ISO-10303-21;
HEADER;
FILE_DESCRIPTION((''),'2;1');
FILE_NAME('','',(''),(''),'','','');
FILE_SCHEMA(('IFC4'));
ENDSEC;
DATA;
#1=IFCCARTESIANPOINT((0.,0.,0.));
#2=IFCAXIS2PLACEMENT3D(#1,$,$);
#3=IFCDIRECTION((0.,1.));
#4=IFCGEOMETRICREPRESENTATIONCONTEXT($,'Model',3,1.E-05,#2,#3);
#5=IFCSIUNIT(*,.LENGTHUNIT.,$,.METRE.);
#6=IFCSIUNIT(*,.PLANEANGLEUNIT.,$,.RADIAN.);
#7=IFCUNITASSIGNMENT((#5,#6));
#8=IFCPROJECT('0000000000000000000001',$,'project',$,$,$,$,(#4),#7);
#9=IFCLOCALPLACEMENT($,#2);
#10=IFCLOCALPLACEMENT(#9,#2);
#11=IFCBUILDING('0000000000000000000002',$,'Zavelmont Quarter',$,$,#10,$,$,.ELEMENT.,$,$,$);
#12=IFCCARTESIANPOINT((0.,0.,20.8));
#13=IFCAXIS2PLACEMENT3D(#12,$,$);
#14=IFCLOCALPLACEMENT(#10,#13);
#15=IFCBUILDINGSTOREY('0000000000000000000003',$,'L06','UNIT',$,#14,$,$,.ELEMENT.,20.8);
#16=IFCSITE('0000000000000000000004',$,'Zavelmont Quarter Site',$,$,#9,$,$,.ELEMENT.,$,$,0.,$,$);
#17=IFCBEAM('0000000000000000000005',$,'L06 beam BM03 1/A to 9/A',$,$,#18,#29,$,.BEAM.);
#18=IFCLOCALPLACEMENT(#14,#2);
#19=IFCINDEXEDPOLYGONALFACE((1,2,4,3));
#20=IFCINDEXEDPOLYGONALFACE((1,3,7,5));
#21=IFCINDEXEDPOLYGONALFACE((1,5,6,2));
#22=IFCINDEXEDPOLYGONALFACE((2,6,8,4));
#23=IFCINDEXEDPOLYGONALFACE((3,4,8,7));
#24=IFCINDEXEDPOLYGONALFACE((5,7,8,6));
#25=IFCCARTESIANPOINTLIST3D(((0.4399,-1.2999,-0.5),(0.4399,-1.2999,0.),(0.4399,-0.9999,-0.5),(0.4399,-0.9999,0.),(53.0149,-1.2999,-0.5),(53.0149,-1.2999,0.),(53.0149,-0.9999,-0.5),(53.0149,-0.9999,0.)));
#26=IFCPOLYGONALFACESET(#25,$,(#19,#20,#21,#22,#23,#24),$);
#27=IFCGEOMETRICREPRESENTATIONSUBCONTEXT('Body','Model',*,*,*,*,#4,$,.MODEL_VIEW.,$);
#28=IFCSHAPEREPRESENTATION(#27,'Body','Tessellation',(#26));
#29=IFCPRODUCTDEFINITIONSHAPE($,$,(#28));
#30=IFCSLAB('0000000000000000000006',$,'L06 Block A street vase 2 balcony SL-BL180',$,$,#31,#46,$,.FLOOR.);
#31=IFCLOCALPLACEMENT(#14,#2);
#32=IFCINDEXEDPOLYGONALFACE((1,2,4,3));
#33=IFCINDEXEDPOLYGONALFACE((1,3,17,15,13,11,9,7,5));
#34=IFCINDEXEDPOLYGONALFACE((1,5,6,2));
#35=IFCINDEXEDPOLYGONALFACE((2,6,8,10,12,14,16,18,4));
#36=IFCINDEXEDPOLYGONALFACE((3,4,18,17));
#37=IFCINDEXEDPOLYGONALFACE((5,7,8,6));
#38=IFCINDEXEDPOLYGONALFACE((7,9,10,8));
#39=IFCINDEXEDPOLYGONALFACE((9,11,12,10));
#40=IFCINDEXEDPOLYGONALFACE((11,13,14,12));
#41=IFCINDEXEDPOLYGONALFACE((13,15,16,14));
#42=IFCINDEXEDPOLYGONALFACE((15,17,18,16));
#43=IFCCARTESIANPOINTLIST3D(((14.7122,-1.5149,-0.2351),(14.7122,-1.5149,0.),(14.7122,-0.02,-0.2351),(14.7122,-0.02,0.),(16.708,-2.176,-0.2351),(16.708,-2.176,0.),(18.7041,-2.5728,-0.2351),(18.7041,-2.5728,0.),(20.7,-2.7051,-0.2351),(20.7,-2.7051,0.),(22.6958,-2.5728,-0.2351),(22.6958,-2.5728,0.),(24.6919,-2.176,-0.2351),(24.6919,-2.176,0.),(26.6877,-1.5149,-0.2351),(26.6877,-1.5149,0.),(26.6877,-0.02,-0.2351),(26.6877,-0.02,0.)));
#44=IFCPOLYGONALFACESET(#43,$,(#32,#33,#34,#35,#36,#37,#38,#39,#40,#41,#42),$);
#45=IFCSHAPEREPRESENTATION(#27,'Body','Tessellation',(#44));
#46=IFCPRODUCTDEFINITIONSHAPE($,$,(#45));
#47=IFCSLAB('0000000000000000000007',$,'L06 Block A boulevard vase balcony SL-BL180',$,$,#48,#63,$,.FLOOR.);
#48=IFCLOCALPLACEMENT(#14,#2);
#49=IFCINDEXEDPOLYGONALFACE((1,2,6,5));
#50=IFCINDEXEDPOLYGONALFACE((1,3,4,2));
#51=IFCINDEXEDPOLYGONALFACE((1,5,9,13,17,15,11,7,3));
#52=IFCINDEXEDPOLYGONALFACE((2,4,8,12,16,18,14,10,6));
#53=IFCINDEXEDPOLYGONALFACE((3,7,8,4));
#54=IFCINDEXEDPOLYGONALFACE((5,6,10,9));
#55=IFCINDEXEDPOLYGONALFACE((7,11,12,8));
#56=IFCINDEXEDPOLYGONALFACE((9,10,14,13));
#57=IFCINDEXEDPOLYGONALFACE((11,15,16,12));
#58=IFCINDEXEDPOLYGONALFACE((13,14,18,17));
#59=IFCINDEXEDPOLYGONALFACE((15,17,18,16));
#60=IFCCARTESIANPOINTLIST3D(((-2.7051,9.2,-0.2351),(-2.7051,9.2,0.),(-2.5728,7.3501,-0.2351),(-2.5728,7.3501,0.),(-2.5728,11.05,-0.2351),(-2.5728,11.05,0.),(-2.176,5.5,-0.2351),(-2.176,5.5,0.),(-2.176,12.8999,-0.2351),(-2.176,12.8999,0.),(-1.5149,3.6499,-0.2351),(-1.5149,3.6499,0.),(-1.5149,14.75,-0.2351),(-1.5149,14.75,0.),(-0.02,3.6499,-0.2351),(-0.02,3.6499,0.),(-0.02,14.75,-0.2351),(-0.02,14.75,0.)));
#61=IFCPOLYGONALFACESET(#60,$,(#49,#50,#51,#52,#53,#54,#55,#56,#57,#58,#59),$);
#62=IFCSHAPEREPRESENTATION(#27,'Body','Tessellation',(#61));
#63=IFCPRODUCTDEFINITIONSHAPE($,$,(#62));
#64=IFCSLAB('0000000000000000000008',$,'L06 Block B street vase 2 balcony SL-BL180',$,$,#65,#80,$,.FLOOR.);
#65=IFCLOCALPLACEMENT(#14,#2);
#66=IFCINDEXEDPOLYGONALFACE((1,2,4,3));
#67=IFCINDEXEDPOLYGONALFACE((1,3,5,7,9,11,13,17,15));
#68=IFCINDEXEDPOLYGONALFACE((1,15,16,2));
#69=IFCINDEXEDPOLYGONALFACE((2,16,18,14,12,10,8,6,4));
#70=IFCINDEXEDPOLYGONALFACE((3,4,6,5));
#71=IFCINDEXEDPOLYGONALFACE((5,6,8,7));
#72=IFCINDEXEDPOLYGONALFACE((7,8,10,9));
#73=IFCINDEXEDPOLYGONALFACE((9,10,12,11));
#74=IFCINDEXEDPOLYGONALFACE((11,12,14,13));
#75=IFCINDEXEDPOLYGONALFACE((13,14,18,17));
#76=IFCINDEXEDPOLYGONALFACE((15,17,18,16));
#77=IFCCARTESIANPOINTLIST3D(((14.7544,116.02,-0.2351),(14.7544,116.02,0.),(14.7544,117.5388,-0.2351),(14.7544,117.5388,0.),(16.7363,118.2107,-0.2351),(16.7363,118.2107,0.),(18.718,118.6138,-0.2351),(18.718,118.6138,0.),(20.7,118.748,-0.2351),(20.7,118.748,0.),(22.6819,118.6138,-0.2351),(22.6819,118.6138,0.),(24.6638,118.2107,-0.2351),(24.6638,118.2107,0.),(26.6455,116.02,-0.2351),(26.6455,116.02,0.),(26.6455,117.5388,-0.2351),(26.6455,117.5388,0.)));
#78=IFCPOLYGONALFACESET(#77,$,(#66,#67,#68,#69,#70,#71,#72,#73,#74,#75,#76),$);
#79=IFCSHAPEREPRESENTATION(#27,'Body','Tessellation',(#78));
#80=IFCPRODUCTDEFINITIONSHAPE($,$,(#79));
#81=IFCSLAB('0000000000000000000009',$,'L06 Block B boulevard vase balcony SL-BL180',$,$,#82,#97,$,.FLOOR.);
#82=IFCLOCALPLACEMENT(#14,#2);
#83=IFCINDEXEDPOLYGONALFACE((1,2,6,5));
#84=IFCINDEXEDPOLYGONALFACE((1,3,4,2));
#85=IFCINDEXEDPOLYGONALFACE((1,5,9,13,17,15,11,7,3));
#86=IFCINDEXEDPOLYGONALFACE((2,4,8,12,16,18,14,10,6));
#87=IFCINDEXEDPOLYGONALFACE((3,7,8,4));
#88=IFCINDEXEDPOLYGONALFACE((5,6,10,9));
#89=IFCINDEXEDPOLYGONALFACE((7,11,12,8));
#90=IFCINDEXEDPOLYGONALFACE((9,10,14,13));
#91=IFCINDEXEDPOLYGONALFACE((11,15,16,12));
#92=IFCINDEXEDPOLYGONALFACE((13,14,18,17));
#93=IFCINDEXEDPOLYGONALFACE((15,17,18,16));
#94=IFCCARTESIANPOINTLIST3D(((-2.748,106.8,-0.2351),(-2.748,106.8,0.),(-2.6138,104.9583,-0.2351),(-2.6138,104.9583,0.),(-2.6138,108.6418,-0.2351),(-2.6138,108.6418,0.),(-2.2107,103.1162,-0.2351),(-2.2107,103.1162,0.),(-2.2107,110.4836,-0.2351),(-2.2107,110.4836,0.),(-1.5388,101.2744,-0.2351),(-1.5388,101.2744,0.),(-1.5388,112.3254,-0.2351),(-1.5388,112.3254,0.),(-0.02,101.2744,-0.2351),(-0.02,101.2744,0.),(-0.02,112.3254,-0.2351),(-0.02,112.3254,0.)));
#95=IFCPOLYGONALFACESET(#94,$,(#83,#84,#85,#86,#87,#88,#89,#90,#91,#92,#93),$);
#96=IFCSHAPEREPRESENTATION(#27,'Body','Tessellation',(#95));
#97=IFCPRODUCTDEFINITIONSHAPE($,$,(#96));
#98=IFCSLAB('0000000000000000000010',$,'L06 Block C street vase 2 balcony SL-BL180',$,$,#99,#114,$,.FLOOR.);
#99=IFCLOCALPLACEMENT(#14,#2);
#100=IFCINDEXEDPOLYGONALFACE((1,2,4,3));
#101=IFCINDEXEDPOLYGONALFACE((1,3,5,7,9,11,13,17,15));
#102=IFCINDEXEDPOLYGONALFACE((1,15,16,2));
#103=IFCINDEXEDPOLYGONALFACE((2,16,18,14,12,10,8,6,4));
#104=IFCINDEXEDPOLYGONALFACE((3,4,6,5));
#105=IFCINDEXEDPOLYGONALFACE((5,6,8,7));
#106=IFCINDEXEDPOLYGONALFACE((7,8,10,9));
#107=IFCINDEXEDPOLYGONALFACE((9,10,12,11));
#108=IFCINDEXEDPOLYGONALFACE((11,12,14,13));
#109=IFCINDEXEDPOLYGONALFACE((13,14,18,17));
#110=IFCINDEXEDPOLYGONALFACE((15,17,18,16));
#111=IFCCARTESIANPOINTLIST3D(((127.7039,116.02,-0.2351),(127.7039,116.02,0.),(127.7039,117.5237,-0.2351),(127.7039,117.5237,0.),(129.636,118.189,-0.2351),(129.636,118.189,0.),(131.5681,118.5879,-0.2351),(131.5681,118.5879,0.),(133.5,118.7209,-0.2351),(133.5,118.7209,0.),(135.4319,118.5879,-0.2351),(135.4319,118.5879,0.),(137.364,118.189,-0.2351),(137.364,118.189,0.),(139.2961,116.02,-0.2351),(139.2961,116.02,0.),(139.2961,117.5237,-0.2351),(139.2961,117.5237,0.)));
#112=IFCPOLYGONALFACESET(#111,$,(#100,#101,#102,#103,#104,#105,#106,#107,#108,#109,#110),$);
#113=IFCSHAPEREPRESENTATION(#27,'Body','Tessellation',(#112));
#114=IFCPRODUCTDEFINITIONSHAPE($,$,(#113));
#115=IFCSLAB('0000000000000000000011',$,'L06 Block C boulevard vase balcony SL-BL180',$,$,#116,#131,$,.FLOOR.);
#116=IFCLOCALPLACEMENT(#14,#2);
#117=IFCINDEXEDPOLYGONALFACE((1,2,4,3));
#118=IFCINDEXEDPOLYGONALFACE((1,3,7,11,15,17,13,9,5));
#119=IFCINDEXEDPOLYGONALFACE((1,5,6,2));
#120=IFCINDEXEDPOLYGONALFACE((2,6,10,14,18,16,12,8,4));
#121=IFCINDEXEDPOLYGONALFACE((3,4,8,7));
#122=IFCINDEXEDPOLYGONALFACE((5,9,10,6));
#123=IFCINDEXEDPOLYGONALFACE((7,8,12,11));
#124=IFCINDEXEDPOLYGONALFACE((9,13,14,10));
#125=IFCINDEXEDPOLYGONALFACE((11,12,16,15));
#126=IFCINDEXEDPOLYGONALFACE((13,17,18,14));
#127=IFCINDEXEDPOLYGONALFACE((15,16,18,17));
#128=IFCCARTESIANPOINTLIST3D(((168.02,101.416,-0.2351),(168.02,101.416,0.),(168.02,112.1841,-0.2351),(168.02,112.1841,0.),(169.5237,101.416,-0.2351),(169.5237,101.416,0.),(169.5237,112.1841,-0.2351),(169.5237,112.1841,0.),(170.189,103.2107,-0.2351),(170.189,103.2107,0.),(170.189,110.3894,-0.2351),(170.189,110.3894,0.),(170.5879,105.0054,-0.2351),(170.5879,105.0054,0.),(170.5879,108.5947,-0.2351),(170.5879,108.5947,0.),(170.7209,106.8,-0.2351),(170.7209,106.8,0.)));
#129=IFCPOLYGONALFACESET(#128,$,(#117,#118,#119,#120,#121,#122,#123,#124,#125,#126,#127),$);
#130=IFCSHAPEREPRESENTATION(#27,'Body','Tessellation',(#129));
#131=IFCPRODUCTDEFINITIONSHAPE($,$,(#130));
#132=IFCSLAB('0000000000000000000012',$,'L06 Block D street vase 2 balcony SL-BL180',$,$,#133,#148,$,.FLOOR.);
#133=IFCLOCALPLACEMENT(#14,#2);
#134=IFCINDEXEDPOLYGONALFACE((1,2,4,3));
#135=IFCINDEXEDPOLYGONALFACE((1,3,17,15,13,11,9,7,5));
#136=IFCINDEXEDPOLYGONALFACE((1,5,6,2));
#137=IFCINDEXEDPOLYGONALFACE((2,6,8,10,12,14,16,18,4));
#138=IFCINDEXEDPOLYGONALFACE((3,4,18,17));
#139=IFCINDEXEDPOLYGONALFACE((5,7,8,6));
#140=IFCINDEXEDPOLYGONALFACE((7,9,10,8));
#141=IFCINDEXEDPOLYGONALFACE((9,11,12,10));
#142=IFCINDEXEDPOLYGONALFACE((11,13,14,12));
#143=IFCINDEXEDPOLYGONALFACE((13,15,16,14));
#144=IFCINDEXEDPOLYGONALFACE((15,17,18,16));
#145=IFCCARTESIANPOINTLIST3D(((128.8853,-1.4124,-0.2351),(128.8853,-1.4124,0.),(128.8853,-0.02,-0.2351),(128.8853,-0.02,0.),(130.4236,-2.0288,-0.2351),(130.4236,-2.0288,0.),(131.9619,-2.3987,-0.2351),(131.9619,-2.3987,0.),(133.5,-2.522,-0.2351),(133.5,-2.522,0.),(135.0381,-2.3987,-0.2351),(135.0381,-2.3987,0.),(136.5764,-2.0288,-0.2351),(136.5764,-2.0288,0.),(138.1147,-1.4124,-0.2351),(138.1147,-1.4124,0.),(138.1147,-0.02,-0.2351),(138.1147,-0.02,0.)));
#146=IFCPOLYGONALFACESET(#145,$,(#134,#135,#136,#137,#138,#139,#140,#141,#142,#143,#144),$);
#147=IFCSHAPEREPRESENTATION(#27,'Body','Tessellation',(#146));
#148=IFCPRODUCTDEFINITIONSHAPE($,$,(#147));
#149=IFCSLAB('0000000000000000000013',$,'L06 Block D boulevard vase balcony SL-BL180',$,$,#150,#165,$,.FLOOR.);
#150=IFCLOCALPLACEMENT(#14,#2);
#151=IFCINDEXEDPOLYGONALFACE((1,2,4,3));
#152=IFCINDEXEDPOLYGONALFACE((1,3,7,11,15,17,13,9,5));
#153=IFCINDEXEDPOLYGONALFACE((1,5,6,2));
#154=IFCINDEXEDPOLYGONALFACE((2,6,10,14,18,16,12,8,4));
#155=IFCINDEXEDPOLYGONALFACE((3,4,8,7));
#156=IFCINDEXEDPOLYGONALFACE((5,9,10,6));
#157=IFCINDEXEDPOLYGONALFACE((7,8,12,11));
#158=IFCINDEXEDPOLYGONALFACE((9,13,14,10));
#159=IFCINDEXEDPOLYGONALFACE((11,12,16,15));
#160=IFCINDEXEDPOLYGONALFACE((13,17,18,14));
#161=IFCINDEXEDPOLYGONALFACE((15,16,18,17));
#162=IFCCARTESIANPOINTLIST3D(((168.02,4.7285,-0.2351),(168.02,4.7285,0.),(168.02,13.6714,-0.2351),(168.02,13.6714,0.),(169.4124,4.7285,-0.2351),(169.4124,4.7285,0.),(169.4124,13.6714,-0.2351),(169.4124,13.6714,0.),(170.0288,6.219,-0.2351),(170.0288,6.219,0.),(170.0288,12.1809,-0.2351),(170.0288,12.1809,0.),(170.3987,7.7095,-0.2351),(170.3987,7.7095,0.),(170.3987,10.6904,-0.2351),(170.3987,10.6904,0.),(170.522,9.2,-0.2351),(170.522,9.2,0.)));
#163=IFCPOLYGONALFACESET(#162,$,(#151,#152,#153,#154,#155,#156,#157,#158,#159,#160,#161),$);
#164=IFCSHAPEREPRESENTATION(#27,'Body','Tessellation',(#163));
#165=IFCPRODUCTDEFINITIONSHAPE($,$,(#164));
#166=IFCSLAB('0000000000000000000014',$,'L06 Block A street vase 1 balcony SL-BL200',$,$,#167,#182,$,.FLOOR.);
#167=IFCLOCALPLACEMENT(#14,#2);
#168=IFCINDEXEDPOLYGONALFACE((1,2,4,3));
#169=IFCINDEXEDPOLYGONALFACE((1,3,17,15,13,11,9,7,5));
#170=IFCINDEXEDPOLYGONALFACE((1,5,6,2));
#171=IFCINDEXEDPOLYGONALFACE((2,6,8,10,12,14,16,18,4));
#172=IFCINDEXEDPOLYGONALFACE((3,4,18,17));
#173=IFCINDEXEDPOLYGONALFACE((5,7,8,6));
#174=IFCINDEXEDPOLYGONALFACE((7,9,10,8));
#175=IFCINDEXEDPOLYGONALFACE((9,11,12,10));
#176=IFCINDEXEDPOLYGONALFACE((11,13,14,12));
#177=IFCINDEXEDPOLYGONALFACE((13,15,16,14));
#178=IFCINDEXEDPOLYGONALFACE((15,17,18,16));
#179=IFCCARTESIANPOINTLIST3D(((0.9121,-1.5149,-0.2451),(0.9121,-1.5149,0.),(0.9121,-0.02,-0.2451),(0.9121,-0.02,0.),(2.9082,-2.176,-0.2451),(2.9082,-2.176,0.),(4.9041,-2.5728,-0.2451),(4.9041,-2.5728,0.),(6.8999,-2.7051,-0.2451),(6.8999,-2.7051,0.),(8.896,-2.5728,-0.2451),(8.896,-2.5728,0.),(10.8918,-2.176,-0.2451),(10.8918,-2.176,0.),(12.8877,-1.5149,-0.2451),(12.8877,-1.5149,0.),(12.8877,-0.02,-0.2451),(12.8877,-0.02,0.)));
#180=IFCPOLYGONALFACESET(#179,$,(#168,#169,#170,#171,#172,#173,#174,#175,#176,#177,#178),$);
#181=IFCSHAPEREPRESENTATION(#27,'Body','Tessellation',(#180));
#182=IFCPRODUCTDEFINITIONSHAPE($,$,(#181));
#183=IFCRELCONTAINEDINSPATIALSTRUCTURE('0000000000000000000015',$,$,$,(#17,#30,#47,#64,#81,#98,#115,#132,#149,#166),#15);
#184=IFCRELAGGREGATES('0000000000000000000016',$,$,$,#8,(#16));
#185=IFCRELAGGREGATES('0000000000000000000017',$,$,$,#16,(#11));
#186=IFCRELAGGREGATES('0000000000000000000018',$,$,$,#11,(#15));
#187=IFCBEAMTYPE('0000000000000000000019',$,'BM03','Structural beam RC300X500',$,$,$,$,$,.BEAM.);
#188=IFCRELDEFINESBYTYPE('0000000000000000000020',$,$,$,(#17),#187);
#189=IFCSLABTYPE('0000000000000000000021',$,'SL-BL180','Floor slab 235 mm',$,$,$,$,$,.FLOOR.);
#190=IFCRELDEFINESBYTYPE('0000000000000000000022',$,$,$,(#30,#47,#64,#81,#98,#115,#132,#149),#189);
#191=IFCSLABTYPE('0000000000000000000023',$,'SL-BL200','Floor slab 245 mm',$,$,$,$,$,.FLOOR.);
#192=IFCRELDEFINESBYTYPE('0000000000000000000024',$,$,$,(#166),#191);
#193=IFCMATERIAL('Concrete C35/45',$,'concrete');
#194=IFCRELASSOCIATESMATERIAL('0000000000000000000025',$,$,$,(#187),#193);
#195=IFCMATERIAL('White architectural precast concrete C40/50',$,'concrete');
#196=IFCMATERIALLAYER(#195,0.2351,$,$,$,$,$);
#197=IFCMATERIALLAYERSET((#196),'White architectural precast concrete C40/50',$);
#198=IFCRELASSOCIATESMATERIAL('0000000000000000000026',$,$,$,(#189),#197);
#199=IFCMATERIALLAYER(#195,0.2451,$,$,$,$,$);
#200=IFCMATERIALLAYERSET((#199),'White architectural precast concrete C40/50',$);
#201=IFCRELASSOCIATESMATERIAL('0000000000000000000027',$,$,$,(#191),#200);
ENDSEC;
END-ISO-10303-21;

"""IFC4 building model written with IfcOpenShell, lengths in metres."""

from ifc_helpers import new_model, si_unit, direction, frame, origin, origin_2d, place, context, subcontext, project, spatial, polyline, rectangle, outline, extrude, material, layer, layer_set, material_profile, profile_set, type_object, element, save


model = new_model("IFC4")

# Units and contexts
model_context = context("Model", 3, precision=1e-05, world=origin(), true_north=direction((0.0, 1.0)))
body_context = subcontext(model_context, "Body", "Model", "MODEL_VIEW")
ifc_project = project(units=[si_unit("LENGTHUNIT", "METRE"), si_unit("PLANEANGLEUNIT", "RADIAN")], contexts=[model_context])

# Site, building, storey
site_placement = place(None, origin())
site = spatial("IfcSite", under=ifc_project, at=site_placement, Name="Zavelmont Quarter Site", CompositionType="ELEMENT", RefElevation=0.0)
building_placement = place(site_placement, origin())
building = spatial("IfcBuilding", under=site, at=building_placement, Name="Zavelmont Quarter", CompositionType="ELEMENT")
storey_placement = place(building_placement, frame((0.0, 0.0, 20.8)))
storey = spatial("IfcBuildingStorey", under=building, at=storey_placement, Name="L06", Description="UNIT", CompositionType="ELEMENT", Elevation=20.8)

# Beam
ifc_material_1 = material(Name="Concrete C35/45", Category="concrete")
ifc_material_profile = material_profile(ifc_material_1, rectangle(XDim=0.3, YDim=0.5, at=origin_2d()), Name="RC300X500")
ifc_profile_set = profile_set([ifc_material_profile], Name="Concrete C35/45")
beam_type = type_object("IfcBeamType", Name="BM03", Description="Structural beam RC300X500", PredefinedType="BEAM", material=ifc_profile_set)
beam_placement = place(storey_placement, frame((0.4399, -1.1499, -0.25), z_axis=(1.0, 0.0, 0.0), x_axis=(0.0, 1.0, 0.0)))
element("IfcBeam", 1, at=beam_placement, inside=storey, type_object=beam_type, Name="L06 beam BM03 1/A to 9/A", PredefinedType="BEAM", context=body_context, shape_type="SweptSolid", body=[
    extrude(rectangle(XDim=0.3, YDim=0.5, at=origin_2d()), origin(), (0.0, 0.0, 1.0), 52.575),
])

# Slabs
ifc_material_2 = material(Name="White architectural precast concrete C40/50", Category="concrete")
ifc_layer_1 = layer(ifc_material_2, 0.2351)
ifc_layer_set_1 = layer_set([ifc_layer_1], Name="White architectural precast concrete C40/50")
slab_type_1 = type_object("IfcSlabType", Name="SL-BL180", Description="Floor slab 235 mm", PredefinedType="FLOOR", material=ifc_layer_set_1)
slab_1_placement = place(storey_placement, frame((0.0, 0.0, -0.2351)))
element("IfcSlab", 2, at=slab_1_placement, inside=storey, type_object=slab_type_1, Name="L06 Block A street vase 2 balcony SL-BL180", PredefinedType="FLOOR", context=body_context, shape_type="SweptSolid", body=[
    extrude(outline(polyline([(14.7122, -0.02), (14.7122, -1.5149), (16.708, -2.176), (18.7041, -2.5728), (20.7, -2.7051), (22.6958, -2.5728), (24.6919, -2.176), (26.6877, -1.5149), (26.6877, -0.02), (14.7122, -0.02)])), origin(), (0.0, 0.0, 1.0), 0.2351),
])
slab_2_placement = place(storey_placement, frame((0.0, 0.0, -0.2351)))
element("IfcSlab", 3, at=slab_2_placement, inside=storey, type_object=slab_type_1, Name="L06 Block A boulevard vase balcony SL-BL180", PredefinedType="FLOOR", context=body_context, shape_type="SweptSolid", body=[
    extrude(outline(polyline([(-0.02, 14.75), (-1.5149, 14.75), (-2.176, 12.8999), (-2.5728, 11.05), (-2.7051, 9.2), (-2.5728, 7.3501), (-2.176, 5.5), (-1.5149, 3.6499), (-0.02, 3.6499), (-0.02, 14.75)])), origin(), (0.0, 0.0, 1.0), 0.2351),
])
slab_3_placement = place(storey_placement, frame((0.0, 0.0, -0.2351)))
element("IfcSlab", 4, at=slab_3_placement, inside=storey, type_object=slab_type_1, Name="L06 Block B street vase 2 balcony SL-BL180", PredefinedType="FLOOR", context=body_context, shape_type="SweptSolid", body=[
    extrude(outline(polyline([(26.6455, 116.02), (26.6455, 117.5388), (24.6638, 118.2107), (22.6819, 118.6138), (20.7, 118.748), (18.718, 118.6138), (16.7363, 118.2107), (14.7544, 117.5388), (14.7544, 116.02), (26.6455, 116.02)])), origin(), (0.0, 0.0, 1.0), 0.2351),
])
slab_4_placement = place(storey_placement, frame((0.0, 0.0, -0.2351)))
element("IfcSlab", 5, at=slab_4_placement, inside=storey, type_object=slab_type_1, Name="L06 Block B boulevard vase balcony SL-BL180", PredefinedType="FLOOR", context=body_context, shape_type="SweptSolid", body=[
    extrude(outline(polyline([(-0.02, 112.3254), (-1.5388, 112.3254), (-2.2107, 110.4836), (-2.6138, 108.6418), (-2.748, 106.8), (-2.6138, 104.9583), (-2.2107, 103.1162), (-1.5388, 101.2744), (-0.02, 101.2744), (-0.02, 112.3254)])), origin(), (0.0, 0.0, 1.0), 0.2351),
])
slab_5_placement = place(storey_placement, frame((0.0, 0.0, -0.2351)))
element("IfcSlab", 6, at=slab_5_placement, inside=storey, type_object=slab_type_1, Name="L06 Block C street vase 2 balcony SL-BL180", PredefinedType="FLOOR", context=body_context, shape_type="SweptSolid", body=[
    extrude(outline(polyline([(139.2961, 116.02), (139.2961, 117.5237), (137.364, 118.189), (135.4319, 118.5879), (133.5, 118.7209), (131.5681, 118.5879), (129.636, 118.189), (127.7039, 117.5237), (127.7039, 116.02), (139.2961, 116.02)])), origin(), (0.0, 0.0, 1.0), 0.2351),
])
slab_6_placement = place(storey_placement, frame((0.0, 0.0, -0.2351)))
element("IfcSlab", 7, at=slab_6_placement, inside=storey, type_object=slab_type_1, Name="L06 Block C boulevard vase balcony SL-BL180", PredefinedType="FLOOR", context=body_context, shape_type="SweptSolid", body=[
    extrude(outline(polyline([(168.02, 101.416), (169.5237, 101.416), (170.189, 103.2107), (170.5879, 105.0054), (170.7209, 106.8), (170.5879, 108.5947), (170.189, 110.3894), (169.5237, 112.1841), (168.02, 112.1841), (168.02, 101.416)])), origin(), (0.0, 0.0, 1.0), 0.2351),
])
slab_7_placement = place(storey_placement, frame((0.0, 0.0, -0.2351)))
element("IfcSlab", 8, at=slab_7_placement, inside=storey, type_object=slab_type_1, Name="L06 Block D street vase 2 balcony SL-BL180", PredefinedType="FLOOR", context=body_context, shape_type="SweptSolid", body=[
    extrude(outline(polyline([(128.8853, -0.02), (128.8853, -1.4124), (130.4236, -2.0288), (131.9619, -2.3987), (133.5, -2.522), (135.0381, -2.3987), (136.5764, -2.0288), (138.1147, -1.4124), (138.1147, -0.02), (128.8853, -0.02)])), origin(), (0.0, 0.0, 1.0), 0.2351),
])
slab_8_placement = place(storey_placement, frame((0.0, 0.0, -0.2351)))
element("IfcSlab", 9, at=slab_8_placement, inside=storey, type_object=slab_type_1, Name="L06 Block D boulevard vase balcony SL-BL180", PredefinedType="FLOOR", context=body_context, shape_type="SweptSolid", body=[
    extrude(outline(polyline([(168.02, 4.7285), (169.4124, 4.7285), (170.0288, 6.219), (170.3987, 7.7095), (170.522, 9.2), (170.3987, 10.6904), (170.0288, 12.1809), (169.4124, 13.6714), (168.02, 13.6714), (168.02, 4.7285)])), origin(), (0.0, 0.0, 1.0), 0.2351),
])
ifc_layer_2 = layer(ifc_material_2, 0.2451)
ifc_layer_set_2 = layer_set([ifc_layer_2], Name="White architectural precast concrete C40/50")
slab_type_2 = type_object("IfcSlabType", Name="SL-BL200", Description="Floor slab 245 mm", PredefinedType="FLOOR", material=ifc_layer_set_2)
slab_9_placement = place(storey_placement, frame((0.0, 0.0, -0.2451)))
element("IfcSlab", 10, at=slab_9_placement, inside=storey, type_object=slab_type_2, Name="L06 Block A street vase 1 balcony SL-BL200", PredefinedType="FLOOR", context=body_context, shape_type="SweptSolid", body=[
    extrude(outline(polyline([(0.9121, -0.02), (0.9121, -1.5149), (2.9082, -2.176), (4.9041, -2.5728), (6.8999, -2.7051), (8.896, -2.5728), (10.8918, -2.176), (12.8877, -1.5149), (12.8877, -0.02), (0.9121, -0.02)])), origin(), (0.0, 0.0, 1.0), 0.2451),
])

save(model, "model.ifc")
